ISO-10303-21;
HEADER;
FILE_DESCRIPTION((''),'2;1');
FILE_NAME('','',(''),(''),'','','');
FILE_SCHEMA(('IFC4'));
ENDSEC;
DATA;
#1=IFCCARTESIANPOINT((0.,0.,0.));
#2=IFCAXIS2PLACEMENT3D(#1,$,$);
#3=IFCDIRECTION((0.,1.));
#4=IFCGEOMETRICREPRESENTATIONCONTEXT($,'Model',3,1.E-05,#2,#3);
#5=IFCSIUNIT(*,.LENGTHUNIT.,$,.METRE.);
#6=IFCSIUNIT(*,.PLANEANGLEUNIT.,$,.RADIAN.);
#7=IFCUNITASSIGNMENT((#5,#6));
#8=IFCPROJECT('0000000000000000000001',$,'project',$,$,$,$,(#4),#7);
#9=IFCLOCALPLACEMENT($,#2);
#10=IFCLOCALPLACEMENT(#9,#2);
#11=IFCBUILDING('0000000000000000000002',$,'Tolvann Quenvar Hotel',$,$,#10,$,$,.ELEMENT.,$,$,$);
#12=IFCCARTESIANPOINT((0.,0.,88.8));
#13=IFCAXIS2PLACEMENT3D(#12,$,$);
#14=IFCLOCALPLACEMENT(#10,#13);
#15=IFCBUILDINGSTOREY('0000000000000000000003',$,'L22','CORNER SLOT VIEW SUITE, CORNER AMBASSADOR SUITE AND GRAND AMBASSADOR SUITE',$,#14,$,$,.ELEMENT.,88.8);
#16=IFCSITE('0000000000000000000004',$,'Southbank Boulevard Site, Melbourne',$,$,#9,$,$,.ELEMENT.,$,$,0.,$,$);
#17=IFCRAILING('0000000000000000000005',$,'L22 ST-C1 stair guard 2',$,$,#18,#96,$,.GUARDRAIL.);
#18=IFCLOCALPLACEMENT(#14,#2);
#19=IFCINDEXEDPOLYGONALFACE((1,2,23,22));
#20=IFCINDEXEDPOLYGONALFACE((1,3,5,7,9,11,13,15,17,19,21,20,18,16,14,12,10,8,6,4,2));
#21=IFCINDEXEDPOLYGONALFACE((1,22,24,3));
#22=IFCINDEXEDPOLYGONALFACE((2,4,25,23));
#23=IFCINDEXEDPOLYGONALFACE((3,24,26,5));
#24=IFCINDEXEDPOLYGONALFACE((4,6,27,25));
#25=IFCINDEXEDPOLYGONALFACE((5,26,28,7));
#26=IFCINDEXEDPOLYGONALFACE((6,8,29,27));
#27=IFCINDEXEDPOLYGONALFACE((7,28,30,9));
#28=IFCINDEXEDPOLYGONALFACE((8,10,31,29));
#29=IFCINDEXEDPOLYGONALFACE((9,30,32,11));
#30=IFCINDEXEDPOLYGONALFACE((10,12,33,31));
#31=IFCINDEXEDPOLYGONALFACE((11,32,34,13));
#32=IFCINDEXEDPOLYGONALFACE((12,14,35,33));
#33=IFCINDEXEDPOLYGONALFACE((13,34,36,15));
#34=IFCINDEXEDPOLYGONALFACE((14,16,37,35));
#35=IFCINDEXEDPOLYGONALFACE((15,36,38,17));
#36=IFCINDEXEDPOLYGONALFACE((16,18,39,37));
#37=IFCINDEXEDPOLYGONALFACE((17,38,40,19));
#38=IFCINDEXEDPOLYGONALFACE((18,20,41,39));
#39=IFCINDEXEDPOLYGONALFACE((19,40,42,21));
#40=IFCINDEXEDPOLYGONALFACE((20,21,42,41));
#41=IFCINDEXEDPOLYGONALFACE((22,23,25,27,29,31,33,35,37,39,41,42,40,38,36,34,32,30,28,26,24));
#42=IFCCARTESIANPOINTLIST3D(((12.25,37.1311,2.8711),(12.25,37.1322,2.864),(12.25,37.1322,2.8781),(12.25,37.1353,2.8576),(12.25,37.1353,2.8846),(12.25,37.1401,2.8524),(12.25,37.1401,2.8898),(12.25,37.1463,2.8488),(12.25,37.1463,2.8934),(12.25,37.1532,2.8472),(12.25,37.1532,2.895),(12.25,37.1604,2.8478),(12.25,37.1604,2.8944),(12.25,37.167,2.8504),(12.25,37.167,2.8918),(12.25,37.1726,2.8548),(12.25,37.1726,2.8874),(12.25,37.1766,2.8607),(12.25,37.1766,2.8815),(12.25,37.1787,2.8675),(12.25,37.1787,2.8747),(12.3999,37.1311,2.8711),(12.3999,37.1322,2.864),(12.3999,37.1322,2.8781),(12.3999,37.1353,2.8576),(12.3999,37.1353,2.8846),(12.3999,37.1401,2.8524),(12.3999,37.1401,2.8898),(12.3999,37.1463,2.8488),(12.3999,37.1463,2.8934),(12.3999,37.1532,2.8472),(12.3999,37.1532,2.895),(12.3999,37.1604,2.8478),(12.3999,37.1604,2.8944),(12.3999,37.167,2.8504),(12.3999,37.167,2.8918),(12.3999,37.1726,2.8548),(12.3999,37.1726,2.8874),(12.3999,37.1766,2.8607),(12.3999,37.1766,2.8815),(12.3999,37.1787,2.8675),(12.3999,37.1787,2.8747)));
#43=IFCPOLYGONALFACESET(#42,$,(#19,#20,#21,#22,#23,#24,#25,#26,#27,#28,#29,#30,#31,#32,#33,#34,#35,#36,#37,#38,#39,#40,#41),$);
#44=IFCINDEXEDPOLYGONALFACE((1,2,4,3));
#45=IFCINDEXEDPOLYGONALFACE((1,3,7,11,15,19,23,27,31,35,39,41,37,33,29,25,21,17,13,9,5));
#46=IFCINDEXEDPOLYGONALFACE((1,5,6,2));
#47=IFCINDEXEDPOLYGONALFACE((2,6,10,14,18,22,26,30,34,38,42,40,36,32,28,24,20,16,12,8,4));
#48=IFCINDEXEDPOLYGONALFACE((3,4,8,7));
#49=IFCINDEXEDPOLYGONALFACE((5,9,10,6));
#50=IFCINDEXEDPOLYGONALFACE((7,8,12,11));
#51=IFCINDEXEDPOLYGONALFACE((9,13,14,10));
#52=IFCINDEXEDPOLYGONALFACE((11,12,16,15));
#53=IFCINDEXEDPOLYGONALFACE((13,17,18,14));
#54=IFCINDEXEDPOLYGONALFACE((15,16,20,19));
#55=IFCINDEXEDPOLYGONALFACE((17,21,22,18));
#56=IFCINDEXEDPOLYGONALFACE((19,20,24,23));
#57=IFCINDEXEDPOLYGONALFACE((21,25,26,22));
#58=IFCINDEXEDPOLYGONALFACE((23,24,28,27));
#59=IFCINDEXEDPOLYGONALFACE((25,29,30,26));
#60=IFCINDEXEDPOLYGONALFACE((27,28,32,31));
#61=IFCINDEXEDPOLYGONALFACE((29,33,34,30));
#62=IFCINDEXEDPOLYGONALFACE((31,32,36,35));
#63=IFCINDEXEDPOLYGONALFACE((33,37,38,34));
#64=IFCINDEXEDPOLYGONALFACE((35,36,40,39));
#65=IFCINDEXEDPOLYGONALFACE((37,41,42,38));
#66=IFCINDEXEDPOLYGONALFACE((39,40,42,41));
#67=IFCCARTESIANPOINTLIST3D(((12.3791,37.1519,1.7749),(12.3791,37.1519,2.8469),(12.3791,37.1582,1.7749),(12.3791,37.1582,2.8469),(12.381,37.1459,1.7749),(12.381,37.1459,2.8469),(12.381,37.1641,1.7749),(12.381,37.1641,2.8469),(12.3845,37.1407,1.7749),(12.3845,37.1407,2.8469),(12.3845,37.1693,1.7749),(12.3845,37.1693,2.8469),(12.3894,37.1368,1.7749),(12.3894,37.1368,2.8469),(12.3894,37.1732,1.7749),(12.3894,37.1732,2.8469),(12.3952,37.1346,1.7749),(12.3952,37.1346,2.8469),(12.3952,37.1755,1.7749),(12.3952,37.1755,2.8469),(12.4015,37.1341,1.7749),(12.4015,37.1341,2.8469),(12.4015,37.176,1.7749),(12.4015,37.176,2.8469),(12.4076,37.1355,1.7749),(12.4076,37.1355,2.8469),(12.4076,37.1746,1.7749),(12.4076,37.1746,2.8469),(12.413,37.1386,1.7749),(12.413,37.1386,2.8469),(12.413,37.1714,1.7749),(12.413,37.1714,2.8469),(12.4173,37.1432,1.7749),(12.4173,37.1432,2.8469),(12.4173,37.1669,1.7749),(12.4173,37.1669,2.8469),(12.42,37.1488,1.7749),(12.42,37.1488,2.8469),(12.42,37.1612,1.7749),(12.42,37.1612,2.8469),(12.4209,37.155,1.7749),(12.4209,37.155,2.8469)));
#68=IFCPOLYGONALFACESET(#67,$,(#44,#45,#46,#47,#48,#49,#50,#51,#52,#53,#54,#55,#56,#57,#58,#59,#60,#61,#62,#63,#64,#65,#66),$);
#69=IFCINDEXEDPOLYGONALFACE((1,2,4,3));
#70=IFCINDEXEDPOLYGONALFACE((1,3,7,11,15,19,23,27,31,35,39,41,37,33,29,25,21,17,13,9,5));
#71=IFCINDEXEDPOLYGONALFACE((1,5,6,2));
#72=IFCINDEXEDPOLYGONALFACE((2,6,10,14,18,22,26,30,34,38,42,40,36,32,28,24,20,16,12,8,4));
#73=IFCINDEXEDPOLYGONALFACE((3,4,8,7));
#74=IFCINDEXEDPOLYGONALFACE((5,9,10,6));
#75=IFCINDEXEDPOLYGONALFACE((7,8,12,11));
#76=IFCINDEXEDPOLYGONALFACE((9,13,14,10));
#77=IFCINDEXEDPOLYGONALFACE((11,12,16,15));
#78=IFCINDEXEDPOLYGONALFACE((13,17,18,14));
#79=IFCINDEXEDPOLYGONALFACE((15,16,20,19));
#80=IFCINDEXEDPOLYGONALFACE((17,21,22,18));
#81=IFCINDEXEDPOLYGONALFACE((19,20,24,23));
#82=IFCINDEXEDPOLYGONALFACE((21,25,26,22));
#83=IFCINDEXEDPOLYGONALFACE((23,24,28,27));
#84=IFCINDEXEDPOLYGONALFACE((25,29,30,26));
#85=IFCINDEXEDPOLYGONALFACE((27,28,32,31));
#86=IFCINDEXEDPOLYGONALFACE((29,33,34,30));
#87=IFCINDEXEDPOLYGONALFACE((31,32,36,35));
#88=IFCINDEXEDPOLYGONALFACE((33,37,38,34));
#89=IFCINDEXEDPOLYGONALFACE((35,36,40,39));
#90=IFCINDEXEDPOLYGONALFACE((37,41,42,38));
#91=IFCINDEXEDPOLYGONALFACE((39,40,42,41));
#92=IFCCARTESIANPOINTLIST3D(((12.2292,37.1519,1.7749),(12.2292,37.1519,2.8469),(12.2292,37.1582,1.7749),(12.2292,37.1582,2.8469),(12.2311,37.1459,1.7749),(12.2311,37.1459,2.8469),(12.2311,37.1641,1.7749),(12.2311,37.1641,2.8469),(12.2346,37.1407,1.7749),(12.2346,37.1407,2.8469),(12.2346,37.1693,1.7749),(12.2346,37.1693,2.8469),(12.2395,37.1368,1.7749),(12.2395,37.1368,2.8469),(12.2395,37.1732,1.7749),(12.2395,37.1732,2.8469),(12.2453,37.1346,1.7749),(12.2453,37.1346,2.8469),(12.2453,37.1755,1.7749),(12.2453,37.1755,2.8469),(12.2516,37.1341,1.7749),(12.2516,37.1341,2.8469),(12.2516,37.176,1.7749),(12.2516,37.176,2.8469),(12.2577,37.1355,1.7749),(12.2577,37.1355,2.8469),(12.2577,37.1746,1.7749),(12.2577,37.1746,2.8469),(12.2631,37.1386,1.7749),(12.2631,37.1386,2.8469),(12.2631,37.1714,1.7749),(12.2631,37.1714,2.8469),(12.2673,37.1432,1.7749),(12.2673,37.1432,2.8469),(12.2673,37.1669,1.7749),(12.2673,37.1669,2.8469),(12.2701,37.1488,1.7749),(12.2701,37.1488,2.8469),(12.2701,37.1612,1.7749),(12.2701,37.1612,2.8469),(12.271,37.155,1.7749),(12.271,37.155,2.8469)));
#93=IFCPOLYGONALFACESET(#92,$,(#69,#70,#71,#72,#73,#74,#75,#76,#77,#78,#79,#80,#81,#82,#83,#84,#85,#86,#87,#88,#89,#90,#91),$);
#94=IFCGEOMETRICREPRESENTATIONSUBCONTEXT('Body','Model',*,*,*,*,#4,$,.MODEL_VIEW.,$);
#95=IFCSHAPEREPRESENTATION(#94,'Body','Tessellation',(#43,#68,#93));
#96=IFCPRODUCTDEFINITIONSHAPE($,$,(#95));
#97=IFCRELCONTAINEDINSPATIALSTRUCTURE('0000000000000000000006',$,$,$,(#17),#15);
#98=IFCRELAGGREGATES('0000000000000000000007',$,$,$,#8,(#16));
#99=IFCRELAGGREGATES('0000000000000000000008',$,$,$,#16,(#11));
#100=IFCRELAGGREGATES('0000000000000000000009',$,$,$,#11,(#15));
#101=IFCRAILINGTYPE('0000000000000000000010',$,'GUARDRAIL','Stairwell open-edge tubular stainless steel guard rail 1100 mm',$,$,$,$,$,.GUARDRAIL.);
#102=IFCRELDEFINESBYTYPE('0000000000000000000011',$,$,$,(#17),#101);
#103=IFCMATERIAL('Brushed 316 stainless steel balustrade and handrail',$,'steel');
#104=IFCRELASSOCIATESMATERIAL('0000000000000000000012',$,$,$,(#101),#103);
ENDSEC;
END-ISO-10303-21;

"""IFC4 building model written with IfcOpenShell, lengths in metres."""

from ifc_helpers import new_model, si_unit, direction, frame, origin, origin_2d, place, context, subcontext, project, spatial, circle, extrude, material, type_object, element, save


model = new_model("IFC4")

# Units and contexts
model_context = context("Model", 3, precision=1e-05, world=origin(), true_north=direction((0.0, 1.0)))
body_context = subcontext(model_context, "Body", "Model", "MODEL_VIEW")
ifc_project = project(units=[si_unit("LENGTHUNIT", "METRE"), si_unit("PLANEANGLEUNIT", "RADIAN")], contexts=[model_context])

# Site, building, storey
site_placement = place(None, origin())
site = spatial("IfcSite", under=ifc_project, at=site_placement, Name="Southbank Boulevard Site, Melbourne", CompositionType="ELEMENT", RefElevation=0.0)
building_placement = place(site_placement, origin())
building = spatial("IfcBuilding", under=site, at=building_placement, Name="Tolvann Quenvar Hotel", CompositionType="ELEMENT")
storey_placement = place(building_placement, frame((0.0, 0.0, 88.8)))
storey = spatial("IfcBuildingStorey", under=building, at=storey_placement, Name="L22", Description="CORNER SLOT VIEW SUITE, CORNER AMBASSADOR SUITE AND GRAND AMBASSADOR SUITE", CompositionType="ELEMENT", Elevation=88.8)

# Railing
ifc_material_1 = material(Name="Brushed 316 stainless steel balustrade and handrail", Category="steel")
railing_type_1 = type_object("IfcRailingType", Name="GUARDRAIL", Description="Stairwell open-edge tubular stainless steel guard rail 1100 mm", PredefinedType="GUARDRAIL", material=ifc_material_1)
railing_1_placement = place(storey_placement, frame((12.3999, 37.155, 1.7749)))
element("IfcRailing", 1, at=railing_1_placement, inside=storey, type_object=railing_type_1, Name="L22 ST-C1 stair guard 2", PredefinedType="GUARDRAIL", context=body_context, shape_type="SweptSolid", body=[
    extrude(circle(Radius=0.0239, at=origin_2d()), frame((0.0, 0.0, 1.0962), z_axis=(-1.0, 0.0, 0.0), x_axis=(0.0, -1.0, 0.0)), (0.0, 0.0, 1.0), 0.1499),
    extrude(circle(Radius=0.021, at=origin_2d()), origin(), (0.0, 0.0, 1.0), 1.072),
    extrude(circle(Radius=0.021, at=origin_2d()), frame((-0.1499, 0.0, 0.0)), (0.0, 0.0, 1.0), 1.072),
])

save(model, "model.ifc")
